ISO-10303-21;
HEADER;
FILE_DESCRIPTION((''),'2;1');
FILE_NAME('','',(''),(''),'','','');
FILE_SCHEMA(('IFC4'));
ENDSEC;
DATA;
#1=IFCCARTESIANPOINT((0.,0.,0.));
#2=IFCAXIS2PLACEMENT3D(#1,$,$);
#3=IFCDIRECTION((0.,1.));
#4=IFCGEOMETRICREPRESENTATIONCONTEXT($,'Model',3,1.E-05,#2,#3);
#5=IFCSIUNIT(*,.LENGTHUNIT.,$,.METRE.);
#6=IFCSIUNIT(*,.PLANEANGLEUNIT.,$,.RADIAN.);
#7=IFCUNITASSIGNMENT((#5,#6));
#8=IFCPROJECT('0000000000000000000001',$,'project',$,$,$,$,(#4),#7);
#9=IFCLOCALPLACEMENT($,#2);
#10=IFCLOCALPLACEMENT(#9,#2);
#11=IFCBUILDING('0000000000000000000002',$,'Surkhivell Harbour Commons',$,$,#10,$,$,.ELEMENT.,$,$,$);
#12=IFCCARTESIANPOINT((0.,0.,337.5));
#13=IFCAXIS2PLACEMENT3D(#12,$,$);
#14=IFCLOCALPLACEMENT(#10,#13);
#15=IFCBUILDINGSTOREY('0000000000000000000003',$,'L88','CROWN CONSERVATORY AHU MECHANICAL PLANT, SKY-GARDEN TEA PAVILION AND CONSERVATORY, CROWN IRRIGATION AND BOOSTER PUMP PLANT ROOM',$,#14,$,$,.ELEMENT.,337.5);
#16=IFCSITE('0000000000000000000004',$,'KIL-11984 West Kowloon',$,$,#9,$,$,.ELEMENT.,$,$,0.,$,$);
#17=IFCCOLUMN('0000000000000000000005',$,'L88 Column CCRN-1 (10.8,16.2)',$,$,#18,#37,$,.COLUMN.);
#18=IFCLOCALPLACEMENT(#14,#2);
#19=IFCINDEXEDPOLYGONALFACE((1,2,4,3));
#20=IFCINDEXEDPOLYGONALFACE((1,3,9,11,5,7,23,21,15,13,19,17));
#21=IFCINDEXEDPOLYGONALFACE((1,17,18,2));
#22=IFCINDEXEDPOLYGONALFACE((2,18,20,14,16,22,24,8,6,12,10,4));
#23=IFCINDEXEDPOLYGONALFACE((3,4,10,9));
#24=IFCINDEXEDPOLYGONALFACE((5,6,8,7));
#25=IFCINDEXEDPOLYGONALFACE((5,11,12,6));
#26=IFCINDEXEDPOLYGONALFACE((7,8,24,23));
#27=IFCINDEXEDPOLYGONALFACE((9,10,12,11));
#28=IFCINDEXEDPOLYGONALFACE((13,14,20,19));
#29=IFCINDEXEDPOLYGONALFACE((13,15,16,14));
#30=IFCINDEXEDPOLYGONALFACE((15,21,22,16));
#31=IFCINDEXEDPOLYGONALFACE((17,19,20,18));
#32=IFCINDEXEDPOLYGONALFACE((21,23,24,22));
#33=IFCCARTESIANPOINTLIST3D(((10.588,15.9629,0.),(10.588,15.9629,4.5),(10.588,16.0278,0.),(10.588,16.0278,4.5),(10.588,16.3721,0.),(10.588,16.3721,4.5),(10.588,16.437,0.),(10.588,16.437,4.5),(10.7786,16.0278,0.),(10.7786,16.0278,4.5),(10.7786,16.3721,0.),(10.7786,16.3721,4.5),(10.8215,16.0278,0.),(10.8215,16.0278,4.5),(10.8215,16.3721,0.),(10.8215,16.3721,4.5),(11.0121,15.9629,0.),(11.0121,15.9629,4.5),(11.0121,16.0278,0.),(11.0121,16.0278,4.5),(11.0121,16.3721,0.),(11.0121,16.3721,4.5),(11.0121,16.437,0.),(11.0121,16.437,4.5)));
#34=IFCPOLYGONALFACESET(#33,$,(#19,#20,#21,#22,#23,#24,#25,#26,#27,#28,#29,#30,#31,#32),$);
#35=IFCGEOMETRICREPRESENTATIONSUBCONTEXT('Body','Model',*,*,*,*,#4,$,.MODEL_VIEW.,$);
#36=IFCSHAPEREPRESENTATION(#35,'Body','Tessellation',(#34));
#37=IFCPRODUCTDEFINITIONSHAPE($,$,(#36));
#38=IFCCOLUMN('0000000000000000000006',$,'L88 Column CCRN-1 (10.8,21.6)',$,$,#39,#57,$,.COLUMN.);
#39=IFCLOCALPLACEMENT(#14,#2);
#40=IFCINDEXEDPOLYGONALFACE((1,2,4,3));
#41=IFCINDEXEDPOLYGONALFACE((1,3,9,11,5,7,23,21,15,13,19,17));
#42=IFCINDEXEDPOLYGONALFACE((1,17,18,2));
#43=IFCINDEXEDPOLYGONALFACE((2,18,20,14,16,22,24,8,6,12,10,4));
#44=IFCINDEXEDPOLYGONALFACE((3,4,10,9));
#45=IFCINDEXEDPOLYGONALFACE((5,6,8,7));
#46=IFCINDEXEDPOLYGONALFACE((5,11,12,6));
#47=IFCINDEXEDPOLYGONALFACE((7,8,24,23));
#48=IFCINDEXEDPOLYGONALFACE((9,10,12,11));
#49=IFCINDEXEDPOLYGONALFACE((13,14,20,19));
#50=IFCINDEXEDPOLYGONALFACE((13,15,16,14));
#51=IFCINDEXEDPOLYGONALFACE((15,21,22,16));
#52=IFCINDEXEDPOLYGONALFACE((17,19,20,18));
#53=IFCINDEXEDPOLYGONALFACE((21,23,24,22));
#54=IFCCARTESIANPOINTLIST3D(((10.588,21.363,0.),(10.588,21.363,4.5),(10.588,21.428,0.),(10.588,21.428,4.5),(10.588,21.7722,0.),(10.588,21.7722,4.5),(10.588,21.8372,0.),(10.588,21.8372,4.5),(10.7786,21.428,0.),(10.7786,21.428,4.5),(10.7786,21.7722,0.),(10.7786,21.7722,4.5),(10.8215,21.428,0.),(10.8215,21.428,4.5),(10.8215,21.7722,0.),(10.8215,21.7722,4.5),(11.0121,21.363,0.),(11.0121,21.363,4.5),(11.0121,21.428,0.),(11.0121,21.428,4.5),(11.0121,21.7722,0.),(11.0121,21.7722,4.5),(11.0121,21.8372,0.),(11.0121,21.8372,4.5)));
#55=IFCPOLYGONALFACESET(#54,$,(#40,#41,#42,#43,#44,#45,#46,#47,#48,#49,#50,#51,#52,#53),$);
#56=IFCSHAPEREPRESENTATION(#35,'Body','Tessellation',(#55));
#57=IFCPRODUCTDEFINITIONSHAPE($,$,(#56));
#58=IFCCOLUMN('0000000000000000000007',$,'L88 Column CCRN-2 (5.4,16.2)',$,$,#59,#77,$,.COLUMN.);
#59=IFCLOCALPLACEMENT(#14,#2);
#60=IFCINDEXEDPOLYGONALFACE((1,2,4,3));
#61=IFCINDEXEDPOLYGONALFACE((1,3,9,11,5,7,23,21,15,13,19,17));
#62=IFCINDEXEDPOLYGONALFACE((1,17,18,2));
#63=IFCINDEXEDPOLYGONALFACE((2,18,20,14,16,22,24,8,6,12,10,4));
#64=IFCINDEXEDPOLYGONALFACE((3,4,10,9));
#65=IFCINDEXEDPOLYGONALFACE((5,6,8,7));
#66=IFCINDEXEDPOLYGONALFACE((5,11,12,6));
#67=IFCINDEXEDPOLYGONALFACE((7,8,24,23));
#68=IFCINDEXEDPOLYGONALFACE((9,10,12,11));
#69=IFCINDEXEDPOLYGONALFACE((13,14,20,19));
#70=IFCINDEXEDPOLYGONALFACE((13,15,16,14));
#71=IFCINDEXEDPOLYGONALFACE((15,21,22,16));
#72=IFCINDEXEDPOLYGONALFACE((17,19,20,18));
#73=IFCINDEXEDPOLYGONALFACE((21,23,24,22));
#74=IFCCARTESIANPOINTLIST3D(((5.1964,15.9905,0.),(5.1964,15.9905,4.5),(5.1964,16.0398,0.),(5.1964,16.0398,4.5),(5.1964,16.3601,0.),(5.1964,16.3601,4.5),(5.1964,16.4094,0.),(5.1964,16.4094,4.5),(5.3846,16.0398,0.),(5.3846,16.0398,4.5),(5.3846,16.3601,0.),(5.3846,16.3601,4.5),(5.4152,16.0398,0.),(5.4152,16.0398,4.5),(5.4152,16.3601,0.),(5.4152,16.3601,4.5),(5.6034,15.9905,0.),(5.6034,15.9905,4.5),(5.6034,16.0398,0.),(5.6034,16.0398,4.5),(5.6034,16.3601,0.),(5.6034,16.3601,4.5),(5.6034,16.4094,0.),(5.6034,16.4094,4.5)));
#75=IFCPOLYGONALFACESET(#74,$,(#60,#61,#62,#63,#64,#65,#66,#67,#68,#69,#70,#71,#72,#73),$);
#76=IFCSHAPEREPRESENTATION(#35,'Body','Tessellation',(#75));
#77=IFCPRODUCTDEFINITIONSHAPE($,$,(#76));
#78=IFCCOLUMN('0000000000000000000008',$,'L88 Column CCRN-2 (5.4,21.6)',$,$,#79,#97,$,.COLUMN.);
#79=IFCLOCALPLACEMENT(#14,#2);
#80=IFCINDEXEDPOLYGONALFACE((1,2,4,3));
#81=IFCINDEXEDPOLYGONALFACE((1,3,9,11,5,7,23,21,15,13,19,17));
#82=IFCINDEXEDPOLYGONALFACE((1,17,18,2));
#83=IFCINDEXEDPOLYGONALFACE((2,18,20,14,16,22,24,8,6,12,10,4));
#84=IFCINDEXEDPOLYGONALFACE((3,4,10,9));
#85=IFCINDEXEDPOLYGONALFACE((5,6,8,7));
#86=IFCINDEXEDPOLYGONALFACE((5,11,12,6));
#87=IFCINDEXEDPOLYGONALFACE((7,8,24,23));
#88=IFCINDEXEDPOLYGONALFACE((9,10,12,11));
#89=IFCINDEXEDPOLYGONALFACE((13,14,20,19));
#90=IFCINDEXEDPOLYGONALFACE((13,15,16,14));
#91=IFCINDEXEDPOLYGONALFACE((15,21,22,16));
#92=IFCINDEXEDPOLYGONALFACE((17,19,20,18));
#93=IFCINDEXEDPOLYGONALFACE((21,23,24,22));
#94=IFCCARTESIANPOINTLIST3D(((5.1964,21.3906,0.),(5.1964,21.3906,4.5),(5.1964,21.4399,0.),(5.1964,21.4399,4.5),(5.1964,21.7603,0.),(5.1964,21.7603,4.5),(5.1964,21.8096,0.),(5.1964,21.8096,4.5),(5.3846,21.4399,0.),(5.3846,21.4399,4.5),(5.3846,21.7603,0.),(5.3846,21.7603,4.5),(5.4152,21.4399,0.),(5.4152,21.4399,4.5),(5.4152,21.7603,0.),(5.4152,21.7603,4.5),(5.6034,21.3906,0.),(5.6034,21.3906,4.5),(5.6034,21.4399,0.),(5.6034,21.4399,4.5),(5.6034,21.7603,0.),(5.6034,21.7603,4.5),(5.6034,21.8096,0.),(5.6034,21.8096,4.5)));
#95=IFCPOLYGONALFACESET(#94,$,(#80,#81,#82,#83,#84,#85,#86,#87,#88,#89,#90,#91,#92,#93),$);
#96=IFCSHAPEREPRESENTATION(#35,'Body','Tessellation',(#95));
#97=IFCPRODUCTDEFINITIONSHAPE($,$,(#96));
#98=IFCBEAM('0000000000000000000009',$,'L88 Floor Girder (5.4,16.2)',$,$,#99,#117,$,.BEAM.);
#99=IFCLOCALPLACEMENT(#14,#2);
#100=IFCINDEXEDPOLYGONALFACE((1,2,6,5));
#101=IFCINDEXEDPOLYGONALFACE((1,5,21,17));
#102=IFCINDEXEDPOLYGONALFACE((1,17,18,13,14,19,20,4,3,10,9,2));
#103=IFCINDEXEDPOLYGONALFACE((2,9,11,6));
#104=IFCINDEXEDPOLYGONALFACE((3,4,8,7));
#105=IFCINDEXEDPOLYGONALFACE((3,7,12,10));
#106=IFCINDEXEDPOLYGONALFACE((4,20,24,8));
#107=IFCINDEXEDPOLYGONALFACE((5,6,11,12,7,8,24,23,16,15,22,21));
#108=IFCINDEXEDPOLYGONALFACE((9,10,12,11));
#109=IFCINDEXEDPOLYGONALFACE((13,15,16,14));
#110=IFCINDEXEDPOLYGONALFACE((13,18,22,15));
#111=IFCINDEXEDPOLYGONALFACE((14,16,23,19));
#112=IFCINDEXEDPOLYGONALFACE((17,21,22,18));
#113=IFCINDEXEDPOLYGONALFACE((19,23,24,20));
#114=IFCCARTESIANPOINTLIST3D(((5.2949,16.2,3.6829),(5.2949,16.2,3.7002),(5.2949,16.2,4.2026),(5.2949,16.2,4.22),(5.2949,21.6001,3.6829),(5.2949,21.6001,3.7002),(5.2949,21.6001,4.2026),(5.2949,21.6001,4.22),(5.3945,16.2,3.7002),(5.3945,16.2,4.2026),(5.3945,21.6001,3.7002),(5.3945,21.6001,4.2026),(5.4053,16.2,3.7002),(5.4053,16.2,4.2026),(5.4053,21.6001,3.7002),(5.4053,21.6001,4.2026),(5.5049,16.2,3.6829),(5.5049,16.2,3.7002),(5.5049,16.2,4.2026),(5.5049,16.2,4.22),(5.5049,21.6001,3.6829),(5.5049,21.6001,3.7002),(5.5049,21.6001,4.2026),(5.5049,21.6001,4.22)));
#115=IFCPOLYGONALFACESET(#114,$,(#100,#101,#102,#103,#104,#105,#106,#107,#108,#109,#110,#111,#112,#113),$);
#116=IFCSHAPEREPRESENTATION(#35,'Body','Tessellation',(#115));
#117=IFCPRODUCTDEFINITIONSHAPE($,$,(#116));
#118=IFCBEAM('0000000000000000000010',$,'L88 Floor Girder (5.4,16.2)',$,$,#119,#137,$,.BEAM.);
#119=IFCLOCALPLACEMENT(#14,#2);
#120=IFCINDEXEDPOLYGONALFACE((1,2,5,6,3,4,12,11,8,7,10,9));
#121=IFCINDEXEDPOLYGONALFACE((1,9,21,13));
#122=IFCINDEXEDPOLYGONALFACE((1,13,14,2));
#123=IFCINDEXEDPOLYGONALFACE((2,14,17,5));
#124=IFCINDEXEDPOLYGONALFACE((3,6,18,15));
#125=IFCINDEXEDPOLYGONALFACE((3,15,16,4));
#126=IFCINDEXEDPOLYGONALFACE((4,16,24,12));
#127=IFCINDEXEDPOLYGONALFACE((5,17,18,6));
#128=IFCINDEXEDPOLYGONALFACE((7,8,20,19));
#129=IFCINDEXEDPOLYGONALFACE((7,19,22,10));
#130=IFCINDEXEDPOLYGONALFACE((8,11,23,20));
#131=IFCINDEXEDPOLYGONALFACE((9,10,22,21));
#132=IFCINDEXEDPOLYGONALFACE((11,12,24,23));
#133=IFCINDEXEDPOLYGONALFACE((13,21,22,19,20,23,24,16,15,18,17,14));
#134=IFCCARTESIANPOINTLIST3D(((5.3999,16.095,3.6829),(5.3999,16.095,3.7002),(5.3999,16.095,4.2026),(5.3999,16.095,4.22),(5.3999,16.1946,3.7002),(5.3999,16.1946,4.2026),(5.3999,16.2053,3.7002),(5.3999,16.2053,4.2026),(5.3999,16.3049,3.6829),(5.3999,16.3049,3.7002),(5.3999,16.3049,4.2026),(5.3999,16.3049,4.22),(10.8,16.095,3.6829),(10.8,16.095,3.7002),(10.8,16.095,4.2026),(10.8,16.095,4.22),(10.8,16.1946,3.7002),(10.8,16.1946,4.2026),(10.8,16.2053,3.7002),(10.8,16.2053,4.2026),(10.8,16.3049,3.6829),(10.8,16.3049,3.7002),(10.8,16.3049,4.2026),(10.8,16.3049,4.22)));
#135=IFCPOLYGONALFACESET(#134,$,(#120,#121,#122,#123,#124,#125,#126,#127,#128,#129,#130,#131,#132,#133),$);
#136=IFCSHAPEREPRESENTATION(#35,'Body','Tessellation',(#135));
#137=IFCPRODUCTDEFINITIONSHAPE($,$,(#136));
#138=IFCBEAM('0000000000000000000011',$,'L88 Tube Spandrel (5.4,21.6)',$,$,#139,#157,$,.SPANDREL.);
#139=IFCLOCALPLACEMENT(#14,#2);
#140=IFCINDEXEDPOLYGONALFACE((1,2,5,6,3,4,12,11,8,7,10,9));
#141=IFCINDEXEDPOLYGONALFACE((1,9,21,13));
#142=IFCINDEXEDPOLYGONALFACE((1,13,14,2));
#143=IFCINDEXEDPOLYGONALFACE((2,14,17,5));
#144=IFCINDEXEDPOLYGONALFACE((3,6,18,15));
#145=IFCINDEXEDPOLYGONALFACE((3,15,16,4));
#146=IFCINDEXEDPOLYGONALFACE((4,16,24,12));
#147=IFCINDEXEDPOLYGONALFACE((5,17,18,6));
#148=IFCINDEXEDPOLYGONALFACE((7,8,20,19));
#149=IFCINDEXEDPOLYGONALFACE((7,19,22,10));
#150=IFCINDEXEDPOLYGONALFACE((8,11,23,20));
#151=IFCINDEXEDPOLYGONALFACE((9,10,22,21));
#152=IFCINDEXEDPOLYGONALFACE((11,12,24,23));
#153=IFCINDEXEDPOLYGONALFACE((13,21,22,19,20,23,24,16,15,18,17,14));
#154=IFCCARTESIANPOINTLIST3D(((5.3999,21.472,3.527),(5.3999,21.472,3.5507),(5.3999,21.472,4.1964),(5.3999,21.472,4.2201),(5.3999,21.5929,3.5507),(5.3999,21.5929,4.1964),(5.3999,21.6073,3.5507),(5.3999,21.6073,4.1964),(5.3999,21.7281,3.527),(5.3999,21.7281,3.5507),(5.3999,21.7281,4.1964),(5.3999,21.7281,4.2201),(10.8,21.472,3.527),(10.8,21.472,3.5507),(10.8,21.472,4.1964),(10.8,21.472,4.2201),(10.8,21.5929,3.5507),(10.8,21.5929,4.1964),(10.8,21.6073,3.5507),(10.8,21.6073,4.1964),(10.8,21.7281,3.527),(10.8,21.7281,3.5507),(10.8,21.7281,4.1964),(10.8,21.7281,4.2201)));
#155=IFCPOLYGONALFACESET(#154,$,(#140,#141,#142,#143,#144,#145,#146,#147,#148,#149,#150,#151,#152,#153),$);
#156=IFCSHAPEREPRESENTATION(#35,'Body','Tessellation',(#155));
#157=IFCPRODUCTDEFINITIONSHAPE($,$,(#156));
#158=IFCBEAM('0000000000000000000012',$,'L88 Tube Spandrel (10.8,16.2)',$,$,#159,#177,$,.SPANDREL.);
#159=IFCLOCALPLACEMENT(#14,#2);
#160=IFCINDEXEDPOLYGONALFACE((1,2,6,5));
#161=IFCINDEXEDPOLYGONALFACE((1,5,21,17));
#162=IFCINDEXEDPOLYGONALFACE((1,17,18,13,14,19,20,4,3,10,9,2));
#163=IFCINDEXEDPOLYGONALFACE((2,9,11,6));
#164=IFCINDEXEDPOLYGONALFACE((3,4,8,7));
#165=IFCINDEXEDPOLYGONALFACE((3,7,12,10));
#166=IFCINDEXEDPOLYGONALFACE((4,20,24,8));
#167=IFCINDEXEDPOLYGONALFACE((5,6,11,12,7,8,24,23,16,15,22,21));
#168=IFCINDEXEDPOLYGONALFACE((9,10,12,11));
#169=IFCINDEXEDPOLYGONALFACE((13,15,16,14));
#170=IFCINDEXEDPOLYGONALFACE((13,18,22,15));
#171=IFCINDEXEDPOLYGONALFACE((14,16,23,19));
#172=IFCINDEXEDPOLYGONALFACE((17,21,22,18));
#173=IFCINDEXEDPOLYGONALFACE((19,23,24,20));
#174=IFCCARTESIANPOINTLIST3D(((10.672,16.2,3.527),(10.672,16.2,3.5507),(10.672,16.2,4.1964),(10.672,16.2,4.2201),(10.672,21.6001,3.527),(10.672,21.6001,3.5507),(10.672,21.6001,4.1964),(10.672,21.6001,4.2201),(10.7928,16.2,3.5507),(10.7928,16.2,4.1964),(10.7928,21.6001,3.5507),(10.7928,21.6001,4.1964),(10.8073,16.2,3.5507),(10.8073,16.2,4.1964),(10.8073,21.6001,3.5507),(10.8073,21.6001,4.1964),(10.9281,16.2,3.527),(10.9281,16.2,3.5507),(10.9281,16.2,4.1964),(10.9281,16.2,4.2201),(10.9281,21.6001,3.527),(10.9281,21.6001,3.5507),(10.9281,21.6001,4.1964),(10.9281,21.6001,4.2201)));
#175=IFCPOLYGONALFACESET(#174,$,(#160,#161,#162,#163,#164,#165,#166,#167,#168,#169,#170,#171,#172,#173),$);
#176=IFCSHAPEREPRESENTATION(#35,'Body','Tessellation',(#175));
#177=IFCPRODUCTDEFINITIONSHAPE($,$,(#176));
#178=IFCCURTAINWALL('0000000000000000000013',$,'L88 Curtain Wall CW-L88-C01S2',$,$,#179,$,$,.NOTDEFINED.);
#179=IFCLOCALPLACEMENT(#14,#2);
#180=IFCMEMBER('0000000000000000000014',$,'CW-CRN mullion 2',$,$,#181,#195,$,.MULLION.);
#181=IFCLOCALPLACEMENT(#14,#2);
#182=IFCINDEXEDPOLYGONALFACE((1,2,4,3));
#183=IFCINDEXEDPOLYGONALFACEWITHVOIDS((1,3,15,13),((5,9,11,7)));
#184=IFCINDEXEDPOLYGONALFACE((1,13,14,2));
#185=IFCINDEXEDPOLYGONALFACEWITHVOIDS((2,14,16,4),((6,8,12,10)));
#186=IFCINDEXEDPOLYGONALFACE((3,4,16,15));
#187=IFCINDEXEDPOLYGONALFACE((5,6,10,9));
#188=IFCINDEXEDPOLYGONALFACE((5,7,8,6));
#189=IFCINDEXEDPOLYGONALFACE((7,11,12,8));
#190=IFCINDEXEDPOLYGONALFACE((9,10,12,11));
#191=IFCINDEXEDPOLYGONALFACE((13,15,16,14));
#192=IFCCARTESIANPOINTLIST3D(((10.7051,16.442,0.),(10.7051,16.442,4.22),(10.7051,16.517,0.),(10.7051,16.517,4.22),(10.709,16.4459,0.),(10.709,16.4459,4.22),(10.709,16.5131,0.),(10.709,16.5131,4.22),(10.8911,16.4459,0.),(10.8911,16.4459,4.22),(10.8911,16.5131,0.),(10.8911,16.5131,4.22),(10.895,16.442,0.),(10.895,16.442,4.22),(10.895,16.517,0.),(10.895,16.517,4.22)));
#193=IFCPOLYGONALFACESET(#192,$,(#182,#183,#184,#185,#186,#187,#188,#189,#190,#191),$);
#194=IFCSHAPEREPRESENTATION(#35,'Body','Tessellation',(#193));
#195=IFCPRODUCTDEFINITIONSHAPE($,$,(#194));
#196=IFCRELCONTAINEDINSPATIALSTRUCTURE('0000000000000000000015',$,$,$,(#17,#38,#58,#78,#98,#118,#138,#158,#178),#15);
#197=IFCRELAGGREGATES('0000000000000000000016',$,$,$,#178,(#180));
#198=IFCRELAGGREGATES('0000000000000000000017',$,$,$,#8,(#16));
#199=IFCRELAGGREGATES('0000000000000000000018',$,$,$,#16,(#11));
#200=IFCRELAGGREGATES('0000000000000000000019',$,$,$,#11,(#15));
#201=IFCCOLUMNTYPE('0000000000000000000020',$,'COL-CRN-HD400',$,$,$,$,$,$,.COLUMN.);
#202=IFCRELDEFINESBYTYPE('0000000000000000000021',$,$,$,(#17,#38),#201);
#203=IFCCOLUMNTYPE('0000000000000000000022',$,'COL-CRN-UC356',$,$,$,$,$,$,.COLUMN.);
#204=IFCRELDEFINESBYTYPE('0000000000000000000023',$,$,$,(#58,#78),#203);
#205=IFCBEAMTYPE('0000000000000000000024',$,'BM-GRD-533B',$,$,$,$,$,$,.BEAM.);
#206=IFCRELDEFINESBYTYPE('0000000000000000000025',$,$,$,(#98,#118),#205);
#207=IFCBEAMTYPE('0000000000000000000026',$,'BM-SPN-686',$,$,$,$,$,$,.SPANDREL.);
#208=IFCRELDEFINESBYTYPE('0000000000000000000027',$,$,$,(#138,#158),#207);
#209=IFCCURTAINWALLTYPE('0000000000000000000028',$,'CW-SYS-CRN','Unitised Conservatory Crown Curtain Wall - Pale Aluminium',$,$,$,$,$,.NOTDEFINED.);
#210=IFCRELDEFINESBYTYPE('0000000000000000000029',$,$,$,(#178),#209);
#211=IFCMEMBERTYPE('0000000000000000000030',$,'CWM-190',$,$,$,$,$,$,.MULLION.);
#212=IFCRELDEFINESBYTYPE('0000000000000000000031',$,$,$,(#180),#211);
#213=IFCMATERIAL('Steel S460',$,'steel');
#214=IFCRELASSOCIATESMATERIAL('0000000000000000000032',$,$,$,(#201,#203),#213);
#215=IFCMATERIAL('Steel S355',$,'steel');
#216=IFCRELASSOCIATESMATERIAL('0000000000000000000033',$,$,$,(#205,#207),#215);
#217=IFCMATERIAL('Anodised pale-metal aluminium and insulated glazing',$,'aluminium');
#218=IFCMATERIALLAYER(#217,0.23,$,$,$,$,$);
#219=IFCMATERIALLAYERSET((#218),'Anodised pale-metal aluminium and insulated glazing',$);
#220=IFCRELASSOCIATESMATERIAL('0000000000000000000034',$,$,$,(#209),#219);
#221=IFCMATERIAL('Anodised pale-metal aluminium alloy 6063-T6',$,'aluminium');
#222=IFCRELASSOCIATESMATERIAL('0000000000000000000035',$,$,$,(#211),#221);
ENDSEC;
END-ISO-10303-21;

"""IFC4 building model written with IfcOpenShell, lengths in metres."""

from ifc_helpers import new_model, si_unit, direction, frame, origin, origin_2d, place, context, subcontext, project, spatial, hollow_rectangle, i_section, extrude, material, layer, layer_set, material_profile, profile_set, type_object, element, aggregate, save


model = new_model("IFC4")

# Units and contexts
model_context = context("Model", 3, precision=1e-05, world=origin(), true_north=direction((0.0, 1.0)))
body_context = subcontext(model_context, "Body", "Model", "MODEL_VIEW")
ifc_project = project(units=[si_unit("LENGTHUNIT", "METRE"), si_unit("PLANEANGLEUNIT", "RADIAN")], contexts=[model_context])

# Site, building, storey
site_placement = place(None, origin())
site = spatial("IfcSite", under=ifc_project, at=site_placement, Name="KIL-11984 West Kowloon", CompositionType="ELEMENT", RefElevation=0.0)
building_placement = place(site_placement, origin())
building = spatial("IfcBuilding", under=site, at=building_placement, Name="Surkhivell Harbour Commons", CompositionType="ELEMENT")
storey_placement = place(building_placement, frame((0.0, 0.0, 337.5)))
storey = spatial("IfcBuildingStorey", under=building, at=storey_placement, Name="L88", Description="CROWN CONSERVATORY AHU MECHANICAL PLANT, SKY-GARDEN TEA PAVILION AND CONSERVATORY, CROWN IRRIGATION AND BOOSTER PUMP PLANT ROOM", CompositionType="ELEMENT", Elevation=337.5)

# Columns
ifc_material_1 = material(Name="Steel S460", Category="steel")
ifc_material_profile_1 = material_profile(ifc_material_1, i_section(OverallWidth=0.4241, OverallDepth=0.4741, WebThickness=0.043, FlangeThickness=0.0649, at=origin_2d()), Name="HD400x634")
ifc_profile_set_1 = profile_set([ifc_material_profile_1], Name="Steel S460")
column_type_1 = type_object("IfcColumnType", Name="COL-CRN-HD400", PredefinedType="COLUMN", material=ifc_profile_set_1)
for number, where, z_axis, x_axis, name in (
    (1, (10.8, 16.2, 0.0), (0.0, 0.0, 1.0), (1.0, 0.0, 0.0), "L88 Column CCRN-1 (10.8,16.2)"),
    (2, (10.8, 21.6001, 0.0), (0.0, 0.0, 1.0), (1.0, 0.0, 0.0), "L88 Column CCRN-1 (10.8,21.6)"),
):
    element("IfcColumn", number, at=place(storey_placement, frame(where, z_axis=z_axis, x_axis=x_axis)), inside=storey, type_object=column_type_1, Name=name, PredefinedType="COLUMN", context=body_context, shape_type="SweptSolid", body=[
        extrude(i_section(OverallWidth=0.4241, OverallDepth=0.4741, WebThickness=0.043, FlangeThickness=0.0649, at=origin_2d()), origin(), (0.0, 0.0, 1.0), 4.5),
    ])
ifc_material_profile_2 = material_profile(ifc_material_1, i_section(OverallWidth=0.407, OverallDepth=0.4189, WebThickness=0.0305, FlangeThickness=0.0493, at=origin_2d()), Name="UC356x406x393")
ifc_profile_set_2 = profile_set([ifc_material_profile_2], Name="Steel S460")
column_type_2 = type_object("IfcColumnType", Name="COL-CRN-UC356", PredefinedType="COLUMN", material=ifc_profile_set_2)
for number, where, z_axis, x_axis, name in (
    (3, (5.3999, 16.2, 0.0), (0.0, 0.0, 1.0), (1.0, 0.0, 0.0), "L88 Column CCRN-2 (5.4,16.2)"),
    (4, (5.3999, 21.6001, 0.0), (0.0, 0.0, 1.0), (1.0, 0.0, 0.0), "L88 Column CCRN-2 (5.4,21.6)"),
):
    element("IfcColumn", number, at=place(storey_placement, frame(where, z_axis=z_axis, x_axis=x_axis)), inside=storey, type_object=column_type_2, Name=name, PredefinedType="COLUMN", context=body_context, shape_type="SweptSolid", body=[
        extrude(i_section(OverallWidth=0.407, OverallDepth=0.4189, WebThickness=0.0305, FlangeThickness=0.0493, at=origin_2d()), origin(), (0.0, 0.0, 1.0), 4.5),
    ])

# Beams
ifc_material_2 = material(Name="Steel S355", Category="steel")
ifc_material_profile_3 = material_profile(ifc_material_2, i_section(OverallWidth=0.21, OverallDepth=0.5371, WebThickness=0.0107, FlangeThickness=0.0173, at=origin_2d()), Name="UB533x210x101")
ifc_profile_set_3 = profile_set([ifc_material_profile_3], Name="Steel S355")
beam_type_1 = type_object("IfcBeamType", Name="BM-GRD-533B", PredefinedType="BEAM", material=ifc_profile_set_3)
for number, where, z_axis, x_axis, name in (
    (5, (5.3999, 16.2, 3.9514), (0.0, 1.0, 0.0), (-1.0, 0.0, 0.0), "L88 Floor Girder (5.4,16.2)"),
    (6, (5.3999, 16.2, 3.9514), (1.0, 0.0, 0.0), (0.0, 1.0, 0.0), "L88 Floor Girder (5.4,16.2)"),
):
    element("IfcBeam", number, at=place(storey_placement, frame(where, z_axis=z_axis, x_axis=x_axis)), inside=storey, type_object=beam_type_1, Name=name, PredefinedType="BEAM", context=body_context, shape_type="SweptSolid", body=[
        extrude(i_section(OverallWidth=0.21, OverallDepth=0.5371, WebThickness=0.0107, FlangeThickness=0.0173, at=origin_2d()), origin(), (0.0, 0.0, 1.0), 5.4001),
    ])
ifc_material_profile_4 = material_profile(ifc_material_2, i_section(OverallWidth=0.2561, OverallDepth=0.6931, WebThickness=0.0144, FlangeThickness=0.0237, at=origin_2d()), Name="UB686x254x170")
ifc_profile_set_4 = profile_set([ifc_material_profile_4], Name="Steel S355")
beam_type_2 = type_object("IfcBeamType", Name="BM-SPN-686", PredefinedType="SPANDREL", material=ifc_profile_set_4)
for number, where, z_axis, x_axis, name in (
    (7, (5.3999, 21.6001, 3.8735), (1.0, 0.0, 0.0), (0.0, 1.0, 0.0), "L88 Tube Spandrel (5.4,21.6)"),
    (8, (10.8, 16.2, 3.8735), (0.0, 1.0, 0.0), (-1.0, 0.0, 0.0), "L88 Tube Spandrel (10.8,16.2)"),
):
    element("IfcBeam", number, at=place(storey_placement, frame(where, z_axis=z_axis, x_axis=x_axis)), inside=storey, type_object=beam_type_2, Name=name, PredefinedType="SPANDREL", context=body_context, shape_type="SweptSolid", body=[
        extrude(i_section(OverallWidth=0.2561, OverallDepth=0.6931, WebThickness=0.0144, FlangeThickness=0.0237, at=origin_2d()), origin(), (0.0, 0.0, 1.0), 5.4001),
    ])

# Curtain wall, member
ifc_material_3 = material(Name="Anodised pale-metal aluminium and insulated glazing", Category="aluminium")
ifc_layer_1 = layer(ifc_material_3, 0.23)
ifc_layer_set_1 = layer_set([ifc_layer_1], Name="Anodised pale-metal aluminium and insulated glazing")
curtain_wall_type = type_object("IfcCurtainWallType", Name="CW-SYS-CRN", Description="Unitised Conservatory Crown Curtain Wall - Pale Aluminium", PredefinedType="NOTDEFINED", material=ifc_layer_set_1)
curtain_wall_1_placement = place(storey_placement, origin())
curtain_wall_1 = element("IfcCurtainWall", 9, at=curtain_wall_1_placement, inside=storey, type_object=curtain_wall_type, Name="L88 Curtain Wall CW-L88-C01S2", PredefinedType="NOTDEFINED")
ifc_material_4 = material(Name="Anodised pale-metal aluminium alloy 6063-T6", Category="aluminium")
ifc_material_profile_5 = material_profile(ifc_material_4, hollow_rectangle(XDim=0.075, YDim=0.1899, WallThickness=0.0039, at=origin_2d()), Name="ALU-MULL-75x190")
ifc_profile_set_5 = profile_set([ifc_material_profile_5], Name="Anodised pale-metal aluminium alloy 6063-T6")
member_type_1 = type_object("IfcMemberType", Name="CWM-190", PredefinedType="MULLION", material=ifc_profile_set_5)
member_1_placement = place(storey_placement, frame((10.8, 16.4795, 0.0), z_axis=(0.0, 0.0, 1.0), x_axis=(0.0, 1.0, 0.0)))
member_1 = element("IfcMember", 10, at=member_1_placement, type_object=member_type_1, Name="CW-CRN mullion 2", PredefinedType="MULLION", context=body_context, shape_type="SweptSolid", body=[
    extrude(hollow_rectangle(XDim=0.075, YDim=0.1899, WallThickness=0.0039, at=origin_2d()), origin(), (0.0, 0.0, 1.0), 4.22),
])

aggregate(curtain_wall_1, [member_1])

save(model, "model.ifc")
